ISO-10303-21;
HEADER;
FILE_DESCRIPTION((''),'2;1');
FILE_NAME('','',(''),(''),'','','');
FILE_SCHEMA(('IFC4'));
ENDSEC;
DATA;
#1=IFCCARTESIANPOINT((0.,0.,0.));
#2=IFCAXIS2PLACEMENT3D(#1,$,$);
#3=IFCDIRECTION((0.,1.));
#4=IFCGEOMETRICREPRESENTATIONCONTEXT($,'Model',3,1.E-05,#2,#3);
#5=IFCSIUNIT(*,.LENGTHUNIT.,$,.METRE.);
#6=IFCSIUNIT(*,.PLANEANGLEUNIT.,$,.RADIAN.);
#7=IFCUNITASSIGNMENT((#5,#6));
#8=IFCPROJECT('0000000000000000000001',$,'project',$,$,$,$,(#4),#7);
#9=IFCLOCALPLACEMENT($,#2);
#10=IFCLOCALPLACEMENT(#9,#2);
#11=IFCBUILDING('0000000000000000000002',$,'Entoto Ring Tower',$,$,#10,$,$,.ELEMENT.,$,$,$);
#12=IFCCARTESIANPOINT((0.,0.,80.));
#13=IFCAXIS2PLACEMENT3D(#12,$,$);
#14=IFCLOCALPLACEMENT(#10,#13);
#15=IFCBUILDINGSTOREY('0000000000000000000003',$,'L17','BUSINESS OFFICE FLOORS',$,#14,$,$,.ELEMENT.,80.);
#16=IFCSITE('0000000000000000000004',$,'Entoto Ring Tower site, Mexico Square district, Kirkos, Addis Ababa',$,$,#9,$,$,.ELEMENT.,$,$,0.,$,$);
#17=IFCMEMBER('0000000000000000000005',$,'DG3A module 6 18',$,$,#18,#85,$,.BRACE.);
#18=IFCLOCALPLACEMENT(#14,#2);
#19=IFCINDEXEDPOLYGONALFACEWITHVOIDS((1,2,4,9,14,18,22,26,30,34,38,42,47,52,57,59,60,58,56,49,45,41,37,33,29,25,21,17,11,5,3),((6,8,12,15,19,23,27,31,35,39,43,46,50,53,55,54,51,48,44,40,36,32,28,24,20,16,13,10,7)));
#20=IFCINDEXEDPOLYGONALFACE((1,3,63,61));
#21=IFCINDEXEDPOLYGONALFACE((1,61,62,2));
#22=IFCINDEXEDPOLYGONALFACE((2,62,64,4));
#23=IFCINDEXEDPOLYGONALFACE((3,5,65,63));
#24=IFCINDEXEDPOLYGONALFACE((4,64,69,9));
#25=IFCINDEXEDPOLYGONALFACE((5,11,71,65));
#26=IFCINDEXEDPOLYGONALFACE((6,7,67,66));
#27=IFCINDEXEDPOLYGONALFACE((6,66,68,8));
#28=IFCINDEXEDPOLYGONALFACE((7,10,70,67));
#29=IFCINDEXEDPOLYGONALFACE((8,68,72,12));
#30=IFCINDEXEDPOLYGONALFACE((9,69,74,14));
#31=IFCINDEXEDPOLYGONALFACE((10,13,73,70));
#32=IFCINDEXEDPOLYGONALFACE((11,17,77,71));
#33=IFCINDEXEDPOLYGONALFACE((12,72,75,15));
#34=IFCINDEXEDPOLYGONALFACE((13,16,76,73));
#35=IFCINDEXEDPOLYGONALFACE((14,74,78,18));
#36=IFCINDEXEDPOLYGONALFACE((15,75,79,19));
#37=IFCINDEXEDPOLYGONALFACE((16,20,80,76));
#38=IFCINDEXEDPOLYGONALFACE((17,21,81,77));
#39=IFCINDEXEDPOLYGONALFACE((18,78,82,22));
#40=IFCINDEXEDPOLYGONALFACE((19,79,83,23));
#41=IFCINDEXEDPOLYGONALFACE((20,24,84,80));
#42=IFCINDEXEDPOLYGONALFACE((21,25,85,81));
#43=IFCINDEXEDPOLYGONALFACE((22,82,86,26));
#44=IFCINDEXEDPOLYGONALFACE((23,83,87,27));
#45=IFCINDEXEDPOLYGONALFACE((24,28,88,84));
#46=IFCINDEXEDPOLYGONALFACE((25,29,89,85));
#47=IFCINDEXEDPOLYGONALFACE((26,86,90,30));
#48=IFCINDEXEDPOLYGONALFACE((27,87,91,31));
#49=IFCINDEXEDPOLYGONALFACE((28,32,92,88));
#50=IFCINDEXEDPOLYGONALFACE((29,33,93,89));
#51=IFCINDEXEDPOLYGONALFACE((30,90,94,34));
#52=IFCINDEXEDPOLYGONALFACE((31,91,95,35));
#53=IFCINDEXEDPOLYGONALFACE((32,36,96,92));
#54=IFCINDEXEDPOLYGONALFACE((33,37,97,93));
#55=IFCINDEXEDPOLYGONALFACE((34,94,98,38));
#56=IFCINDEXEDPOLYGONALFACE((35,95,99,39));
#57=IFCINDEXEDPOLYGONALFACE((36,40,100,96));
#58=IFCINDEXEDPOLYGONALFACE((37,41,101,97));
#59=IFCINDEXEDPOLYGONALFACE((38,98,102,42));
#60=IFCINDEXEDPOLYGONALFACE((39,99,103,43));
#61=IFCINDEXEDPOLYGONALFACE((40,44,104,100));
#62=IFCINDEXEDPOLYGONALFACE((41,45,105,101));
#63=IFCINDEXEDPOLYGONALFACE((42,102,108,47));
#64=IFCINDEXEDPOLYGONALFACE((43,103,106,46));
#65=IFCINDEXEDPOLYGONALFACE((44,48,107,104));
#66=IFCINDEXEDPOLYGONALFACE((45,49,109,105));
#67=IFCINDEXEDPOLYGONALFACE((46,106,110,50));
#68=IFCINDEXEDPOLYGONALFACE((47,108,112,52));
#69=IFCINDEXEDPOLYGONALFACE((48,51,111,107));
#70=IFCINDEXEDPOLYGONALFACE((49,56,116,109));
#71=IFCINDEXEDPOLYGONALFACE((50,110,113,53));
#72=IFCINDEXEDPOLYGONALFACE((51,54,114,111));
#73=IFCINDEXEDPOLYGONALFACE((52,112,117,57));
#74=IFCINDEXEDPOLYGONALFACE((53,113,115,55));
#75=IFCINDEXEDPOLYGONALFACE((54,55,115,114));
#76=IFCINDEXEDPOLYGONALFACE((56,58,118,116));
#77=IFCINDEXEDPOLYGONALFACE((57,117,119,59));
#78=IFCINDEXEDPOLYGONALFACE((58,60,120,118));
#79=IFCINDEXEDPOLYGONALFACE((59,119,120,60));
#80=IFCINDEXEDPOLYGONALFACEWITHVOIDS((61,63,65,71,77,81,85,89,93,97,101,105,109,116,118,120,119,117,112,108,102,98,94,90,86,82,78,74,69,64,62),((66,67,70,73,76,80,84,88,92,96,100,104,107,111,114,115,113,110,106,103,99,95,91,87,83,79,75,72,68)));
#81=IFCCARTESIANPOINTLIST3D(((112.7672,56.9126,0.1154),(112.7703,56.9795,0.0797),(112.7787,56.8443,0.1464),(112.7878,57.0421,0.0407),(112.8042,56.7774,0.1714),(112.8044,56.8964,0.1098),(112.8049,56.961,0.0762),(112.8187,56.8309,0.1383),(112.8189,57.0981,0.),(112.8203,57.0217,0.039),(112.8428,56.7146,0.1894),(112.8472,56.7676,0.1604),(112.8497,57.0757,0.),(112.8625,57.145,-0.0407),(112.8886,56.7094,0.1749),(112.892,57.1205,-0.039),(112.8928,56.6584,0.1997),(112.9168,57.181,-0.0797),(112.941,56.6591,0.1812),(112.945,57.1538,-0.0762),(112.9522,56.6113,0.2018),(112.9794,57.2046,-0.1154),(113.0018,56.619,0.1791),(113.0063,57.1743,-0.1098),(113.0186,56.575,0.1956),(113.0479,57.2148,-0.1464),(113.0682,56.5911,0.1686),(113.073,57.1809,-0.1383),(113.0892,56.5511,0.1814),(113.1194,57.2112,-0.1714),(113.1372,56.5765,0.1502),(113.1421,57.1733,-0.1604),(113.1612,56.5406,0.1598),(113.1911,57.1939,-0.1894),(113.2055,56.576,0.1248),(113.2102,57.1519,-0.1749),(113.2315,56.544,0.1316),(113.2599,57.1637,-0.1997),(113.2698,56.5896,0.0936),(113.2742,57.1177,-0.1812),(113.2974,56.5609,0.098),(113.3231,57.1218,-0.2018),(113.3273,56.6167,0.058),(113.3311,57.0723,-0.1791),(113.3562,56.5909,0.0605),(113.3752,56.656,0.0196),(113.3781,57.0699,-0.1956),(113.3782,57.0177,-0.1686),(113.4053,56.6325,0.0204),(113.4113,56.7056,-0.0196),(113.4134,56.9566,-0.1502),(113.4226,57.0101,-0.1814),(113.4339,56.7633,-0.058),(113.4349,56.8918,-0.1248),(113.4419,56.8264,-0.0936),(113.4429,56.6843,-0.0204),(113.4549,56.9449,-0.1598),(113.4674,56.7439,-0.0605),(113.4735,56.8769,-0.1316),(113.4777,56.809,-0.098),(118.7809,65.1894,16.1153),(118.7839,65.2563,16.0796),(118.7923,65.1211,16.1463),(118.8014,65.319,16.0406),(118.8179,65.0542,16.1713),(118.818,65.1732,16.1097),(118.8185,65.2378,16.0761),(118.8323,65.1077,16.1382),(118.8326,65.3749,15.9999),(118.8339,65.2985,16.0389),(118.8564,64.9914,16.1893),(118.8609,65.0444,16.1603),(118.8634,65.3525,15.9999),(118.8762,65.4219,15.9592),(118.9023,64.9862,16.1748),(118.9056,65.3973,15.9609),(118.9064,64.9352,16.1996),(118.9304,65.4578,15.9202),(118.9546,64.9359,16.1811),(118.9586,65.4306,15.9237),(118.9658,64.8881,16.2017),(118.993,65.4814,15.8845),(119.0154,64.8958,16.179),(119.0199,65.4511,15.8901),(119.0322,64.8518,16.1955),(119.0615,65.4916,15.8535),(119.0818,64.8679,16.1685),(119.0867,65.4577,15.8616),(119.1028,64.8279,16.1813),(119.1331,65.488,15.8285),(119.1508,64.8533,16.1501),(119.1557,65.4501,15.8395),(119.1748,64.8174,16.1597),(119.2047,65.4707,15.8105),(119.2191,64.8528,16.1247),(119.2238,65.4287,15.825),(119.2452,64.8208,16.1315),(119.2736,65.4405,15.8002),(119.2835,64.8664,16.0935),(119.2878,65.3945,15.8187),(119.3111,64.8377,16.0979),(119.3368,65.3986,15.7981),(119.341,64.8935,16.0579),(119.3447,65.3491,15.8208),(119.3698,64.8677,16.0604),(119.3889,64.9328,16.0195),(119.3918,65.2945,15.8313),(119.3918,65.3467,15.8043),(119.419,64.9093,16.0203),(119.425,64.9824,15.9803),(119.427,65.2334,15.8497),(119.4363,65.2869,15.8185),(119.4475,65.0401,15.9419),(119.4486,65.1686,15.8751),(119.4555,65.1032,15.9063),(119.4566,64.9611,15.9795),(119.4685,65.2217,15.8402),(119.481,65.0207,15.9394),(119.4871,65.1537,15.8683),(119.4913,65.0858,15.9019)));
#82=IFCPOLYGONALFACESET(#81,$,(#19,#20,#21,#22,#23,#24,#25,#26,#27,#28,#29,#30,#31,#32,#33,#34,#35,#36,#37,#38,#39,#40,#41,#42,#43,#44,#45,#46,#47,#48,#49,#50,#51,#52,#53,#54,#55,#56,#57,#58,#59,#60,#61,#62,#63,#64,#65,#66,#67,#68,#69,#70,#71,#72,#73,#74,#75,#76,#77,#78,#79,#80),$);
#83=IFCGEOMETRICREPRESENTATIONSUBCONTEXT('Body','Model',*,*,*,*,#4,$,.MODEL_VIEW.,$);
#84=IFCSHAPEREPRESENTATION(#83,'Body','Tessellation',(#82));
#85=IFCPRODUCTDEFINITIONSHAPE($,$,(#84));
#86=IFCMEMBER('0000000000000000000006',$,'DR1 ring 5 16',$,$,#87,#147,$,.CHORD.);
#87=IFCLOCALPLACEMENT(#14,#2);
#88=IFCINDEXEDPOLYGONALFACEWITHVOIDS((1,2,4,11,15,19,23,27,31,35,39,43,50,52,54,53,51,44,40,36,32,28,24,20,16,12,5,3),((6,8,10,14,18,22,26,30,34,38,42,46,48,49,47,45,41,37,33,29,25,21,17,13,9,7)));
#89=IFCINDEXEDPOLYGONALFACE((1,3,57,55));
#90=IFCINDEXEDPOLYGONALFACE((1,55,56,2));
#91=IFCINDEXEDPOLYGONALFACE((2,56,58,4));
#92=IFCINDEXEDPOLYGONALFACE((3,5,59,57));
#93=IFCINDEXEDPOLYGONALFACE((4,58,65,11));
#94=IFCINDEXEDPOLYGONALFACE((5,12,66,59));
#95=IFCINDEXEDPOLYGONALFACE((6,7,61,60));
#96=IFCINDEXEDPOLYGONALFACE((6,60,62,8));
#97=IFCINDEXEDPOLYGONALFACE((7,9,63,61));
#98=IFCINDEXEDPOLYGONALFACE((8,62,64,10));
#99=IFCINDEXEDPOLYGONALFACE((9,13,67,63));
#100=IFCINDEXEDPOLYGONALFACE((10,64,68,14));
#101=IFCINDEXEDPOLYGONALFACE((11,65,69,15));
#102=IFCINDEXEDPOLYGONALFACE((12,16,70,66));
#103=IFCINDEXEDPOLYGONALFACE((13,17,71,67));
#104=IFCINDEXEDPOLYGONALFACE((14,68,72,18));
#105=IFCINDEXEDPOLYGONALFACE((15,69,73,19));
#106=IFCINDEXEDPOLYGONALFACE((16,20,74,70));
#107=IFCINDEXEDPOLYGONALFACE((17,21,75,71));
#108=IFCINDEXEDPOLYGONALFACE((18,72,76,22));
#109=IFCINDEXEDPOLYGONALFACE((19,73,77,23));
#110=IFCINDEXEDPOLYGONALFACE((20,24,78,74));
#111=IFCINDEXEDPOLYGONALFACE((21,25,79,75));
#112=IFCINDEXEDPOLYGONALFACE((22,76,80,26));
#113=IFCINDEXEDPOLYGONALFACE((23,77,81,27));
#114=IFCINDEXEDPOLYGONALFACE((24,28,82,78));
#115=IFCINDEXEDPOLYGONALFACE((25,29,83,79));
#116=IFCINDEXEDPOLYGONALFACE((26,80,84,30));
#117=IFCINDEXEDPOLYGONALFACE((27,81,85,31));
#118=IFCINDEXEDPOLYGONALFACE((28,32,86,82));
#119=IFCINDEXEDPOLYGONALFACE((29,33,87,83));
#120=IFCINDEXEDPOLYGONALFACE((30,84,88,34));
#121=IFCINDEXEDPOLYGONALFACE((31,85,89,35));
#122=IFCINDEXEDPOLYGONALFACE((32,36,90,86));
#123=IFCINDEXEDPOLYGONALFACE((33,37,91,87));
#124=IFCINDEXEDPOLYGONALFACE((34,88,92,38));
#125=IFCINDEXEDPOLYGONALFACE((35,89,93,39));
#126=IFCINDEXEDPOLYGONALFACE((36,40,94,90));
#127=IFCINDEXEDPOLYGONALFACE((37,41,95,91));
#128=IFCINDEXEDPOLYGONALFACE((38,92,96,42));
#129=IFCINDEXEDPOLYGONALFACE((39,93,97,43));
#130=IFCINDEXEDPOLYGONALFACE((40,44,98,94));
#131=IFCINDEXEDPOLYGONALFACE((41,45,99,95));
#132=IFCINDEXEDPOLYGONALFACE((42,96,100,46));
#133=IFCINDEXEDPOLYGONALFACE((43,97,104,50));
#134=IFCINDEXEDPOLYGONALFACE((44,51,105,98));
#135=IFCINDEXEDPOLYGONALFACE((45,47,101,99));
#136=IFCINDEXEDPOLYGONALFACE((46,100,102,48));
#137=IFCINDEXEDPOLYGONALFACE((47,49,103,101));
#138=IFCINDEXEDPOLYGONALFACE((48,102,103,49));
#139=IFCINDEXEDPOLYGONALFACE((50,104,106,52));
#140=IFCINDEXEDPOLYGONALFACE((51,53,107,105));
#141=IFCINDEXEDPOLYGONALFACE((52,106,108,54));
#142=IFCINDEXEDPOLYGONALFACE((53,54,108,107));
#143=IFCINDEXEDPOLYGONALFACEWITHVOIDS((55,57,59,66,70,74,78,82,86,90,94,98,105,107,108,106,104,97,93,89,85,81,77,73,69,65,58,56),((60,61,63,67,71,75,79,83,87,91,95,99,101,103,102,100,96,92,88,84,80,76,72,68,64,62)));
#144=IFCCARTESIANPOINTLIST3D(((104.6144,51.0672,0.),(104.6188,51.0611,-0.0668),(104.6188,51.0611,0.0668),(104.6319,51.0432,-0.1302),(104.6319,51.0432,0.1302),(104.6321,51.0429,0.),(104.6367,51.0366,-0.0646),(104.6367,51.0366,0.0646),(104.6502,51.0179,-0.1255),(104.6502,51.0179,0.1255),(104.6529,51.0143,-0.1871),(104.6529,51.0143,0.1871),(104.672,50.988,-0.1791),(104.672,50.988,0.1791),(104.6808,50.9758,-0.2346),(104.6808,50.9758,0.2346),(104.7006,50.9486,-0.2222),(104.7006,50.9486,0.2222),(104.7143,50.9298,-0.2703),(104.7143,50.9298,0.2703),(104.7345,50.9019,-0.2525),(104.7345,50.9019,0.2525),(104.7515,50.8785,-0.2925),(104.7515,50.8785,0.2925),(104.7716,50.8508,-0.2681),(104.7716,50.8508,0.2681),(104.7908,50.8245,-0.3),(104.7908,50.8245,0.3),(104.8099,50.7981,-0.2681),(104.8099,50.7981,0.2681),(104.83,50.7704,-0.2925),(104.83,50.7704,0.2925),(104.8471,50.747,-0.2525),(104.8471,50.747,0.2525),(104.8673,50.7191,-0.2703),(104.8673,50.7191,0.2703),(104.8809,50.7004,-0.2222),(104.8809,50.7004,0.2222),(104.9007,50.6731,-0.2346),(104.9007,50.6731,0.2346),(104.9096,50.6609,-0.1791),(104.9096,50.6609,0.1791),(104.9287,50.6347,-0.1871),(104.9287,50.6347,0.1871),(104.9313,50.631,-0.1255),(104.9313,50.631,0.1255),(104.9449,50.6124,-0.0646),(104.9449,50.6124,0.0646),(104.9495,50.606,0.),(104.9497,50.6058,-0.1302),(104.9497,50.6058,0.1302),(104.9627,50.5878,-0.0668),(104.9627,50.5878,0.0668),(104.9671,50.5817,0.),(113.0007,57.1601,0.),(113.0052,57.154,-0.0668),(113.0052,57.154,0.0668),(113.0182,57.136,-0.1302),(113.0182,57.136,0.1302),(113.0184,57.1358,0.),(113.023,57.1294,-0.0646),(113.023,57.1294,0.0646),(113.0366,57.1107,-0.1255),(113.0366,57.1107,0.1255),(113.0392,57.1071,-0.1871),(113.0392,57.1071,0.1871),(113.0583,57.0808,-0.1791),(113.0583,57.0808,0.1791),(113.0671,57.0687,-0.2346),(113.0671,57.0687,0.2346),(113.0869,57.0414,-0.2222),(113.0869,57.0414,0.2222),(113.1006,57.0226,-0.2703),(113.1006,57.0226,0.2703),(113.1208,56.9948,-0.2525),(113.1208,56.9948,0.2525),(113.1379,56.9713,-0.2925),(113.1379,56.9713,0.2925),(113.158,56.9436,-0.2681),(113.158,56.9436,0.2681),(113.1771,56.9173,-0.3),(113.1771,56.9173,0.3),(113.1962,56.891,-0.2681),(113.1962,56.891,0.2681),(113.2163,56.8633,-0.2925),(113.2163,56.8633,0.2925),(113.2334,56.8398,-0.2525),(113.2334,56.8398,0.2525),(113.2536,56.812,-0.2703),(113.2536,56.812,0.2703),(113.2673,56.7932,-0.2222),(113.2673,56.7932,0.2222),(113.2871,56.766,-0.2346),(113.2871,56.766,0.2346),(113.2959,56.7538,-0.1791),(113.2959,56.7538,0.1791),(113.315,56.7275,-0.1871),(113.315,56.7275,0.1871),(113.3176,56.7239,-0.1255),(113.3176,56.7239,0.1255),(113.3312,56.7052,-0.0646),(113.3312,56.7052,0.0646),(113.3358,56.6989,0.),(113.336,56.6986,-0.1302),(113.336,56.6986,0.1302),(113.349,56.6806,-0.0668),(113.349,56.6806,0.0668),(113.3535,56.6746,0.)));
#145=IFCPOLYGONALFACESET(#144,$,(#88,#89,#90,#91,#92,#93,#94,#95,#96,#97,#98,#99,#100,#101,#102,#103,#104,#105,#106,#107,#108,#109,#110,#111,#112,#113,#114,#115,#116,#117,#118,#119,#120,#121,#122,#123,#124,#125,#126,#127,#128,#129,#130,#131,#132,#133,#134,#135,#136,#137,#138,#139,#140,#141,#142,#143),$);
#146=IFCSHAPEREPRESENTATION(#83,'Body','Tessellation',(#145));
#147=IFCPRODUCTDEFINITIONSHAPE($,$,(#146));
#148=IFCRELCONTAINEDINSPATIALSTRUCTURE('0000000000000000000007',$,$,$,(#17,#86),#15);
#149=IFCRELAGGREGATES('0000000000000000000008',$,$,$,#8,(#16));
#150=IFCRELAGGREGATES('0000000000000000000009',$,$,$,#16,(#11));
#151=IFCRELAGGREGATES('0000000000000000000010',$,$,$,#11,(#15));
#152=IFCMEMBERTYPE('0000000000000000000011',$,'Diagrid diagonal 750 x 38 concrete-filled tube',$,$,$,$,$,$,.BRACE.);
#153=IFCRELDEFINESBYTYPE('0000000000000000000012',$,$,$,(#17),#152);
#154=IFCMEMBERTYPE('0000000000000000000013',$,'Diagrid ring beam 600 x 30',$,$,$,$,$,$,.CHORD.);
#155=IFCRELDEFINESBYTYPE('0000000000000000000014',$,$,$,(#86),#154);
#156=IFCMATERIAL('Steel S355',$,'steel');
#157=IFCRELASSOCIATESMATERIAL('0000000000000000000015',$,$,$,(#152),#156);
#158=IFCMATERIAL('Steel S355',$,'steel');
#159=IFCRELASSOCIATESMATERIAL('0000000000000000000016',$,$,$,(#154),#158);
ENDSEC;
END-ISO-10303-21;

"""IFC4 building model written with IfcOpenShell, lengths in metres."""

from ifc_helpers import new_model, si_unit, direction, frame, origin, origin_2d, place, context, subcontext, project, spatial, circle, hollow_circle, extrude, material, material_profile, profile_set, type_object, element, save


model = new_model("IFC4")

# Units and contexts
model_context = context("Model", 3, precision=1e-05, world=origin(), true_north=direction((0.0, 1.0)))
body_context = subcontext(model_context, "Body", "Model", "MODEL_VIEW")
ifc_project = project(units=[si_unit("LENGTHUNIT", "METRE"), si_unit("PLANEANGLEUNIT", "RADIAN")], contexts=[model_context])

# Site, building, storey
site_placement = place(None, origin())
site = spatial("IfcSite", under=ifc_project, at=site_placement, Name="Entoto Ring Tower site, Mexico Square district, Kirkos, Addis Ababa", CompositionType="ELEMENT", RefElevation=0.0)
building_placement = place(site_placement, origin())
building = spatial("IfcBuilding", under=site, at=building_placement, Name="Entoto Ring Tower", CompositionType="ELEMENT")
storey_placement = place(building_placement, frame((0.0, 0.0, 80.0)))
storey = spatial("IfcBuildingStorey", under=building, at=storey_placement, Name="L17", Description="BUSINESS OFFICE FLOORS", CompositionType="ELEMENT", Elevation=80.0)

# Members
ifc_material_1 = material(Name="Steel S355", Category="steel")
ifc_material_profile_1 = material_profile(ifc_material_1, hollow_circle(Radius=0.375, WallThickness=0.0381, at=origin_2d()), Name="CHS 750 x 38")
ifc_material_2 = material(Name="Concrete C60/75", Category="concrete")
ifc_material_profile_2 = material_profile(ifc_material_2, circle(Radius=0.3369, at=origin_2d()), Name="Concrete C60/75 infill")
ifc_profile_set_1 = profile_set([ifc_material_profile_1, ifc_material_profile_2], Name="Steel S355")
member_type_1 = type_object("IfcMemberType", Name="Diagrid diagonal 750 x 38 concrete-filled tube", PredefinedType="BRACE", material=ifc_profile_set_1)
for number, where, z_axis, x_axis, name in (
    (1, (113.1223, 56.8777, 0.0), (0.316654, 0.435823, 0.84249), (-0.809008, 0.587797, 0.0), "DG3A module 6 18"),
):
    element("IfcMember", number, at=place(storey_placement, frame(where, z_axis=z_axis, x_axis=x_axis)), inside=storey, type_object=member_type_1, Name=name, PredefinedType="BRACE", context=body_context, shape_type="SweptSolid", body=[
        extrude(hollow_circle(Radius=0.375, WallThickness=0.0381, at=origin_2d()), origin(), (0.0, 0.0, 1.0), 18.9912),
    ])
ifc_material_3 = material(Name="Steel S355", Category="steel")
ifc_material_profile_3 = material_profile(ifc_material_3, hollow_circle(Radius=0.3, WallThickness=0.03, at=origin_2d()), Name="CHS 600 x 30")
ifc_material_4 = material(Name="Concrete C60/75", Category="concrete")
ifc_material_profile_4 = material_profile(ifc_material_4, circle(Radius=0.27, at=origin_2d()), Name="Concrete C60/75 infill")
ifc_profile_set_2 = profile_set([ifc_material_profile_3, ifc_material_profile_4], Name="Steel S355")
member_type_2 = type_object("IfcMemberType", Name="Diagrid ring beam 600 x 30", PredefinedType="CHORD", material=ifc_profile_set_2)
for number, where, z_axis, x_axis, name in (
    (2, (104.7908, 50.8245, 0.0), (0.809025, 0.587774, 0.0), (-0.587774, 0.809025, 0.0), "DR1 ring 5 16"),
):
    element("IfcMember", number, at=place(storey_placement, frame(where, z_axis=z_axis, x_axis=x_axis)), inside=storey, type_object=member_type_2, Name=name, PredefinedType="CHORD", context=body_context, shape_type="SweptSolid", body=[
        extrude(hollow_circle(Radius=0.3, WallThickness=0.03, at=origin_2d()), origin(), (0.0, 0.0, 1.0), 10.366),
    ])

save(model, "model.ifc")
